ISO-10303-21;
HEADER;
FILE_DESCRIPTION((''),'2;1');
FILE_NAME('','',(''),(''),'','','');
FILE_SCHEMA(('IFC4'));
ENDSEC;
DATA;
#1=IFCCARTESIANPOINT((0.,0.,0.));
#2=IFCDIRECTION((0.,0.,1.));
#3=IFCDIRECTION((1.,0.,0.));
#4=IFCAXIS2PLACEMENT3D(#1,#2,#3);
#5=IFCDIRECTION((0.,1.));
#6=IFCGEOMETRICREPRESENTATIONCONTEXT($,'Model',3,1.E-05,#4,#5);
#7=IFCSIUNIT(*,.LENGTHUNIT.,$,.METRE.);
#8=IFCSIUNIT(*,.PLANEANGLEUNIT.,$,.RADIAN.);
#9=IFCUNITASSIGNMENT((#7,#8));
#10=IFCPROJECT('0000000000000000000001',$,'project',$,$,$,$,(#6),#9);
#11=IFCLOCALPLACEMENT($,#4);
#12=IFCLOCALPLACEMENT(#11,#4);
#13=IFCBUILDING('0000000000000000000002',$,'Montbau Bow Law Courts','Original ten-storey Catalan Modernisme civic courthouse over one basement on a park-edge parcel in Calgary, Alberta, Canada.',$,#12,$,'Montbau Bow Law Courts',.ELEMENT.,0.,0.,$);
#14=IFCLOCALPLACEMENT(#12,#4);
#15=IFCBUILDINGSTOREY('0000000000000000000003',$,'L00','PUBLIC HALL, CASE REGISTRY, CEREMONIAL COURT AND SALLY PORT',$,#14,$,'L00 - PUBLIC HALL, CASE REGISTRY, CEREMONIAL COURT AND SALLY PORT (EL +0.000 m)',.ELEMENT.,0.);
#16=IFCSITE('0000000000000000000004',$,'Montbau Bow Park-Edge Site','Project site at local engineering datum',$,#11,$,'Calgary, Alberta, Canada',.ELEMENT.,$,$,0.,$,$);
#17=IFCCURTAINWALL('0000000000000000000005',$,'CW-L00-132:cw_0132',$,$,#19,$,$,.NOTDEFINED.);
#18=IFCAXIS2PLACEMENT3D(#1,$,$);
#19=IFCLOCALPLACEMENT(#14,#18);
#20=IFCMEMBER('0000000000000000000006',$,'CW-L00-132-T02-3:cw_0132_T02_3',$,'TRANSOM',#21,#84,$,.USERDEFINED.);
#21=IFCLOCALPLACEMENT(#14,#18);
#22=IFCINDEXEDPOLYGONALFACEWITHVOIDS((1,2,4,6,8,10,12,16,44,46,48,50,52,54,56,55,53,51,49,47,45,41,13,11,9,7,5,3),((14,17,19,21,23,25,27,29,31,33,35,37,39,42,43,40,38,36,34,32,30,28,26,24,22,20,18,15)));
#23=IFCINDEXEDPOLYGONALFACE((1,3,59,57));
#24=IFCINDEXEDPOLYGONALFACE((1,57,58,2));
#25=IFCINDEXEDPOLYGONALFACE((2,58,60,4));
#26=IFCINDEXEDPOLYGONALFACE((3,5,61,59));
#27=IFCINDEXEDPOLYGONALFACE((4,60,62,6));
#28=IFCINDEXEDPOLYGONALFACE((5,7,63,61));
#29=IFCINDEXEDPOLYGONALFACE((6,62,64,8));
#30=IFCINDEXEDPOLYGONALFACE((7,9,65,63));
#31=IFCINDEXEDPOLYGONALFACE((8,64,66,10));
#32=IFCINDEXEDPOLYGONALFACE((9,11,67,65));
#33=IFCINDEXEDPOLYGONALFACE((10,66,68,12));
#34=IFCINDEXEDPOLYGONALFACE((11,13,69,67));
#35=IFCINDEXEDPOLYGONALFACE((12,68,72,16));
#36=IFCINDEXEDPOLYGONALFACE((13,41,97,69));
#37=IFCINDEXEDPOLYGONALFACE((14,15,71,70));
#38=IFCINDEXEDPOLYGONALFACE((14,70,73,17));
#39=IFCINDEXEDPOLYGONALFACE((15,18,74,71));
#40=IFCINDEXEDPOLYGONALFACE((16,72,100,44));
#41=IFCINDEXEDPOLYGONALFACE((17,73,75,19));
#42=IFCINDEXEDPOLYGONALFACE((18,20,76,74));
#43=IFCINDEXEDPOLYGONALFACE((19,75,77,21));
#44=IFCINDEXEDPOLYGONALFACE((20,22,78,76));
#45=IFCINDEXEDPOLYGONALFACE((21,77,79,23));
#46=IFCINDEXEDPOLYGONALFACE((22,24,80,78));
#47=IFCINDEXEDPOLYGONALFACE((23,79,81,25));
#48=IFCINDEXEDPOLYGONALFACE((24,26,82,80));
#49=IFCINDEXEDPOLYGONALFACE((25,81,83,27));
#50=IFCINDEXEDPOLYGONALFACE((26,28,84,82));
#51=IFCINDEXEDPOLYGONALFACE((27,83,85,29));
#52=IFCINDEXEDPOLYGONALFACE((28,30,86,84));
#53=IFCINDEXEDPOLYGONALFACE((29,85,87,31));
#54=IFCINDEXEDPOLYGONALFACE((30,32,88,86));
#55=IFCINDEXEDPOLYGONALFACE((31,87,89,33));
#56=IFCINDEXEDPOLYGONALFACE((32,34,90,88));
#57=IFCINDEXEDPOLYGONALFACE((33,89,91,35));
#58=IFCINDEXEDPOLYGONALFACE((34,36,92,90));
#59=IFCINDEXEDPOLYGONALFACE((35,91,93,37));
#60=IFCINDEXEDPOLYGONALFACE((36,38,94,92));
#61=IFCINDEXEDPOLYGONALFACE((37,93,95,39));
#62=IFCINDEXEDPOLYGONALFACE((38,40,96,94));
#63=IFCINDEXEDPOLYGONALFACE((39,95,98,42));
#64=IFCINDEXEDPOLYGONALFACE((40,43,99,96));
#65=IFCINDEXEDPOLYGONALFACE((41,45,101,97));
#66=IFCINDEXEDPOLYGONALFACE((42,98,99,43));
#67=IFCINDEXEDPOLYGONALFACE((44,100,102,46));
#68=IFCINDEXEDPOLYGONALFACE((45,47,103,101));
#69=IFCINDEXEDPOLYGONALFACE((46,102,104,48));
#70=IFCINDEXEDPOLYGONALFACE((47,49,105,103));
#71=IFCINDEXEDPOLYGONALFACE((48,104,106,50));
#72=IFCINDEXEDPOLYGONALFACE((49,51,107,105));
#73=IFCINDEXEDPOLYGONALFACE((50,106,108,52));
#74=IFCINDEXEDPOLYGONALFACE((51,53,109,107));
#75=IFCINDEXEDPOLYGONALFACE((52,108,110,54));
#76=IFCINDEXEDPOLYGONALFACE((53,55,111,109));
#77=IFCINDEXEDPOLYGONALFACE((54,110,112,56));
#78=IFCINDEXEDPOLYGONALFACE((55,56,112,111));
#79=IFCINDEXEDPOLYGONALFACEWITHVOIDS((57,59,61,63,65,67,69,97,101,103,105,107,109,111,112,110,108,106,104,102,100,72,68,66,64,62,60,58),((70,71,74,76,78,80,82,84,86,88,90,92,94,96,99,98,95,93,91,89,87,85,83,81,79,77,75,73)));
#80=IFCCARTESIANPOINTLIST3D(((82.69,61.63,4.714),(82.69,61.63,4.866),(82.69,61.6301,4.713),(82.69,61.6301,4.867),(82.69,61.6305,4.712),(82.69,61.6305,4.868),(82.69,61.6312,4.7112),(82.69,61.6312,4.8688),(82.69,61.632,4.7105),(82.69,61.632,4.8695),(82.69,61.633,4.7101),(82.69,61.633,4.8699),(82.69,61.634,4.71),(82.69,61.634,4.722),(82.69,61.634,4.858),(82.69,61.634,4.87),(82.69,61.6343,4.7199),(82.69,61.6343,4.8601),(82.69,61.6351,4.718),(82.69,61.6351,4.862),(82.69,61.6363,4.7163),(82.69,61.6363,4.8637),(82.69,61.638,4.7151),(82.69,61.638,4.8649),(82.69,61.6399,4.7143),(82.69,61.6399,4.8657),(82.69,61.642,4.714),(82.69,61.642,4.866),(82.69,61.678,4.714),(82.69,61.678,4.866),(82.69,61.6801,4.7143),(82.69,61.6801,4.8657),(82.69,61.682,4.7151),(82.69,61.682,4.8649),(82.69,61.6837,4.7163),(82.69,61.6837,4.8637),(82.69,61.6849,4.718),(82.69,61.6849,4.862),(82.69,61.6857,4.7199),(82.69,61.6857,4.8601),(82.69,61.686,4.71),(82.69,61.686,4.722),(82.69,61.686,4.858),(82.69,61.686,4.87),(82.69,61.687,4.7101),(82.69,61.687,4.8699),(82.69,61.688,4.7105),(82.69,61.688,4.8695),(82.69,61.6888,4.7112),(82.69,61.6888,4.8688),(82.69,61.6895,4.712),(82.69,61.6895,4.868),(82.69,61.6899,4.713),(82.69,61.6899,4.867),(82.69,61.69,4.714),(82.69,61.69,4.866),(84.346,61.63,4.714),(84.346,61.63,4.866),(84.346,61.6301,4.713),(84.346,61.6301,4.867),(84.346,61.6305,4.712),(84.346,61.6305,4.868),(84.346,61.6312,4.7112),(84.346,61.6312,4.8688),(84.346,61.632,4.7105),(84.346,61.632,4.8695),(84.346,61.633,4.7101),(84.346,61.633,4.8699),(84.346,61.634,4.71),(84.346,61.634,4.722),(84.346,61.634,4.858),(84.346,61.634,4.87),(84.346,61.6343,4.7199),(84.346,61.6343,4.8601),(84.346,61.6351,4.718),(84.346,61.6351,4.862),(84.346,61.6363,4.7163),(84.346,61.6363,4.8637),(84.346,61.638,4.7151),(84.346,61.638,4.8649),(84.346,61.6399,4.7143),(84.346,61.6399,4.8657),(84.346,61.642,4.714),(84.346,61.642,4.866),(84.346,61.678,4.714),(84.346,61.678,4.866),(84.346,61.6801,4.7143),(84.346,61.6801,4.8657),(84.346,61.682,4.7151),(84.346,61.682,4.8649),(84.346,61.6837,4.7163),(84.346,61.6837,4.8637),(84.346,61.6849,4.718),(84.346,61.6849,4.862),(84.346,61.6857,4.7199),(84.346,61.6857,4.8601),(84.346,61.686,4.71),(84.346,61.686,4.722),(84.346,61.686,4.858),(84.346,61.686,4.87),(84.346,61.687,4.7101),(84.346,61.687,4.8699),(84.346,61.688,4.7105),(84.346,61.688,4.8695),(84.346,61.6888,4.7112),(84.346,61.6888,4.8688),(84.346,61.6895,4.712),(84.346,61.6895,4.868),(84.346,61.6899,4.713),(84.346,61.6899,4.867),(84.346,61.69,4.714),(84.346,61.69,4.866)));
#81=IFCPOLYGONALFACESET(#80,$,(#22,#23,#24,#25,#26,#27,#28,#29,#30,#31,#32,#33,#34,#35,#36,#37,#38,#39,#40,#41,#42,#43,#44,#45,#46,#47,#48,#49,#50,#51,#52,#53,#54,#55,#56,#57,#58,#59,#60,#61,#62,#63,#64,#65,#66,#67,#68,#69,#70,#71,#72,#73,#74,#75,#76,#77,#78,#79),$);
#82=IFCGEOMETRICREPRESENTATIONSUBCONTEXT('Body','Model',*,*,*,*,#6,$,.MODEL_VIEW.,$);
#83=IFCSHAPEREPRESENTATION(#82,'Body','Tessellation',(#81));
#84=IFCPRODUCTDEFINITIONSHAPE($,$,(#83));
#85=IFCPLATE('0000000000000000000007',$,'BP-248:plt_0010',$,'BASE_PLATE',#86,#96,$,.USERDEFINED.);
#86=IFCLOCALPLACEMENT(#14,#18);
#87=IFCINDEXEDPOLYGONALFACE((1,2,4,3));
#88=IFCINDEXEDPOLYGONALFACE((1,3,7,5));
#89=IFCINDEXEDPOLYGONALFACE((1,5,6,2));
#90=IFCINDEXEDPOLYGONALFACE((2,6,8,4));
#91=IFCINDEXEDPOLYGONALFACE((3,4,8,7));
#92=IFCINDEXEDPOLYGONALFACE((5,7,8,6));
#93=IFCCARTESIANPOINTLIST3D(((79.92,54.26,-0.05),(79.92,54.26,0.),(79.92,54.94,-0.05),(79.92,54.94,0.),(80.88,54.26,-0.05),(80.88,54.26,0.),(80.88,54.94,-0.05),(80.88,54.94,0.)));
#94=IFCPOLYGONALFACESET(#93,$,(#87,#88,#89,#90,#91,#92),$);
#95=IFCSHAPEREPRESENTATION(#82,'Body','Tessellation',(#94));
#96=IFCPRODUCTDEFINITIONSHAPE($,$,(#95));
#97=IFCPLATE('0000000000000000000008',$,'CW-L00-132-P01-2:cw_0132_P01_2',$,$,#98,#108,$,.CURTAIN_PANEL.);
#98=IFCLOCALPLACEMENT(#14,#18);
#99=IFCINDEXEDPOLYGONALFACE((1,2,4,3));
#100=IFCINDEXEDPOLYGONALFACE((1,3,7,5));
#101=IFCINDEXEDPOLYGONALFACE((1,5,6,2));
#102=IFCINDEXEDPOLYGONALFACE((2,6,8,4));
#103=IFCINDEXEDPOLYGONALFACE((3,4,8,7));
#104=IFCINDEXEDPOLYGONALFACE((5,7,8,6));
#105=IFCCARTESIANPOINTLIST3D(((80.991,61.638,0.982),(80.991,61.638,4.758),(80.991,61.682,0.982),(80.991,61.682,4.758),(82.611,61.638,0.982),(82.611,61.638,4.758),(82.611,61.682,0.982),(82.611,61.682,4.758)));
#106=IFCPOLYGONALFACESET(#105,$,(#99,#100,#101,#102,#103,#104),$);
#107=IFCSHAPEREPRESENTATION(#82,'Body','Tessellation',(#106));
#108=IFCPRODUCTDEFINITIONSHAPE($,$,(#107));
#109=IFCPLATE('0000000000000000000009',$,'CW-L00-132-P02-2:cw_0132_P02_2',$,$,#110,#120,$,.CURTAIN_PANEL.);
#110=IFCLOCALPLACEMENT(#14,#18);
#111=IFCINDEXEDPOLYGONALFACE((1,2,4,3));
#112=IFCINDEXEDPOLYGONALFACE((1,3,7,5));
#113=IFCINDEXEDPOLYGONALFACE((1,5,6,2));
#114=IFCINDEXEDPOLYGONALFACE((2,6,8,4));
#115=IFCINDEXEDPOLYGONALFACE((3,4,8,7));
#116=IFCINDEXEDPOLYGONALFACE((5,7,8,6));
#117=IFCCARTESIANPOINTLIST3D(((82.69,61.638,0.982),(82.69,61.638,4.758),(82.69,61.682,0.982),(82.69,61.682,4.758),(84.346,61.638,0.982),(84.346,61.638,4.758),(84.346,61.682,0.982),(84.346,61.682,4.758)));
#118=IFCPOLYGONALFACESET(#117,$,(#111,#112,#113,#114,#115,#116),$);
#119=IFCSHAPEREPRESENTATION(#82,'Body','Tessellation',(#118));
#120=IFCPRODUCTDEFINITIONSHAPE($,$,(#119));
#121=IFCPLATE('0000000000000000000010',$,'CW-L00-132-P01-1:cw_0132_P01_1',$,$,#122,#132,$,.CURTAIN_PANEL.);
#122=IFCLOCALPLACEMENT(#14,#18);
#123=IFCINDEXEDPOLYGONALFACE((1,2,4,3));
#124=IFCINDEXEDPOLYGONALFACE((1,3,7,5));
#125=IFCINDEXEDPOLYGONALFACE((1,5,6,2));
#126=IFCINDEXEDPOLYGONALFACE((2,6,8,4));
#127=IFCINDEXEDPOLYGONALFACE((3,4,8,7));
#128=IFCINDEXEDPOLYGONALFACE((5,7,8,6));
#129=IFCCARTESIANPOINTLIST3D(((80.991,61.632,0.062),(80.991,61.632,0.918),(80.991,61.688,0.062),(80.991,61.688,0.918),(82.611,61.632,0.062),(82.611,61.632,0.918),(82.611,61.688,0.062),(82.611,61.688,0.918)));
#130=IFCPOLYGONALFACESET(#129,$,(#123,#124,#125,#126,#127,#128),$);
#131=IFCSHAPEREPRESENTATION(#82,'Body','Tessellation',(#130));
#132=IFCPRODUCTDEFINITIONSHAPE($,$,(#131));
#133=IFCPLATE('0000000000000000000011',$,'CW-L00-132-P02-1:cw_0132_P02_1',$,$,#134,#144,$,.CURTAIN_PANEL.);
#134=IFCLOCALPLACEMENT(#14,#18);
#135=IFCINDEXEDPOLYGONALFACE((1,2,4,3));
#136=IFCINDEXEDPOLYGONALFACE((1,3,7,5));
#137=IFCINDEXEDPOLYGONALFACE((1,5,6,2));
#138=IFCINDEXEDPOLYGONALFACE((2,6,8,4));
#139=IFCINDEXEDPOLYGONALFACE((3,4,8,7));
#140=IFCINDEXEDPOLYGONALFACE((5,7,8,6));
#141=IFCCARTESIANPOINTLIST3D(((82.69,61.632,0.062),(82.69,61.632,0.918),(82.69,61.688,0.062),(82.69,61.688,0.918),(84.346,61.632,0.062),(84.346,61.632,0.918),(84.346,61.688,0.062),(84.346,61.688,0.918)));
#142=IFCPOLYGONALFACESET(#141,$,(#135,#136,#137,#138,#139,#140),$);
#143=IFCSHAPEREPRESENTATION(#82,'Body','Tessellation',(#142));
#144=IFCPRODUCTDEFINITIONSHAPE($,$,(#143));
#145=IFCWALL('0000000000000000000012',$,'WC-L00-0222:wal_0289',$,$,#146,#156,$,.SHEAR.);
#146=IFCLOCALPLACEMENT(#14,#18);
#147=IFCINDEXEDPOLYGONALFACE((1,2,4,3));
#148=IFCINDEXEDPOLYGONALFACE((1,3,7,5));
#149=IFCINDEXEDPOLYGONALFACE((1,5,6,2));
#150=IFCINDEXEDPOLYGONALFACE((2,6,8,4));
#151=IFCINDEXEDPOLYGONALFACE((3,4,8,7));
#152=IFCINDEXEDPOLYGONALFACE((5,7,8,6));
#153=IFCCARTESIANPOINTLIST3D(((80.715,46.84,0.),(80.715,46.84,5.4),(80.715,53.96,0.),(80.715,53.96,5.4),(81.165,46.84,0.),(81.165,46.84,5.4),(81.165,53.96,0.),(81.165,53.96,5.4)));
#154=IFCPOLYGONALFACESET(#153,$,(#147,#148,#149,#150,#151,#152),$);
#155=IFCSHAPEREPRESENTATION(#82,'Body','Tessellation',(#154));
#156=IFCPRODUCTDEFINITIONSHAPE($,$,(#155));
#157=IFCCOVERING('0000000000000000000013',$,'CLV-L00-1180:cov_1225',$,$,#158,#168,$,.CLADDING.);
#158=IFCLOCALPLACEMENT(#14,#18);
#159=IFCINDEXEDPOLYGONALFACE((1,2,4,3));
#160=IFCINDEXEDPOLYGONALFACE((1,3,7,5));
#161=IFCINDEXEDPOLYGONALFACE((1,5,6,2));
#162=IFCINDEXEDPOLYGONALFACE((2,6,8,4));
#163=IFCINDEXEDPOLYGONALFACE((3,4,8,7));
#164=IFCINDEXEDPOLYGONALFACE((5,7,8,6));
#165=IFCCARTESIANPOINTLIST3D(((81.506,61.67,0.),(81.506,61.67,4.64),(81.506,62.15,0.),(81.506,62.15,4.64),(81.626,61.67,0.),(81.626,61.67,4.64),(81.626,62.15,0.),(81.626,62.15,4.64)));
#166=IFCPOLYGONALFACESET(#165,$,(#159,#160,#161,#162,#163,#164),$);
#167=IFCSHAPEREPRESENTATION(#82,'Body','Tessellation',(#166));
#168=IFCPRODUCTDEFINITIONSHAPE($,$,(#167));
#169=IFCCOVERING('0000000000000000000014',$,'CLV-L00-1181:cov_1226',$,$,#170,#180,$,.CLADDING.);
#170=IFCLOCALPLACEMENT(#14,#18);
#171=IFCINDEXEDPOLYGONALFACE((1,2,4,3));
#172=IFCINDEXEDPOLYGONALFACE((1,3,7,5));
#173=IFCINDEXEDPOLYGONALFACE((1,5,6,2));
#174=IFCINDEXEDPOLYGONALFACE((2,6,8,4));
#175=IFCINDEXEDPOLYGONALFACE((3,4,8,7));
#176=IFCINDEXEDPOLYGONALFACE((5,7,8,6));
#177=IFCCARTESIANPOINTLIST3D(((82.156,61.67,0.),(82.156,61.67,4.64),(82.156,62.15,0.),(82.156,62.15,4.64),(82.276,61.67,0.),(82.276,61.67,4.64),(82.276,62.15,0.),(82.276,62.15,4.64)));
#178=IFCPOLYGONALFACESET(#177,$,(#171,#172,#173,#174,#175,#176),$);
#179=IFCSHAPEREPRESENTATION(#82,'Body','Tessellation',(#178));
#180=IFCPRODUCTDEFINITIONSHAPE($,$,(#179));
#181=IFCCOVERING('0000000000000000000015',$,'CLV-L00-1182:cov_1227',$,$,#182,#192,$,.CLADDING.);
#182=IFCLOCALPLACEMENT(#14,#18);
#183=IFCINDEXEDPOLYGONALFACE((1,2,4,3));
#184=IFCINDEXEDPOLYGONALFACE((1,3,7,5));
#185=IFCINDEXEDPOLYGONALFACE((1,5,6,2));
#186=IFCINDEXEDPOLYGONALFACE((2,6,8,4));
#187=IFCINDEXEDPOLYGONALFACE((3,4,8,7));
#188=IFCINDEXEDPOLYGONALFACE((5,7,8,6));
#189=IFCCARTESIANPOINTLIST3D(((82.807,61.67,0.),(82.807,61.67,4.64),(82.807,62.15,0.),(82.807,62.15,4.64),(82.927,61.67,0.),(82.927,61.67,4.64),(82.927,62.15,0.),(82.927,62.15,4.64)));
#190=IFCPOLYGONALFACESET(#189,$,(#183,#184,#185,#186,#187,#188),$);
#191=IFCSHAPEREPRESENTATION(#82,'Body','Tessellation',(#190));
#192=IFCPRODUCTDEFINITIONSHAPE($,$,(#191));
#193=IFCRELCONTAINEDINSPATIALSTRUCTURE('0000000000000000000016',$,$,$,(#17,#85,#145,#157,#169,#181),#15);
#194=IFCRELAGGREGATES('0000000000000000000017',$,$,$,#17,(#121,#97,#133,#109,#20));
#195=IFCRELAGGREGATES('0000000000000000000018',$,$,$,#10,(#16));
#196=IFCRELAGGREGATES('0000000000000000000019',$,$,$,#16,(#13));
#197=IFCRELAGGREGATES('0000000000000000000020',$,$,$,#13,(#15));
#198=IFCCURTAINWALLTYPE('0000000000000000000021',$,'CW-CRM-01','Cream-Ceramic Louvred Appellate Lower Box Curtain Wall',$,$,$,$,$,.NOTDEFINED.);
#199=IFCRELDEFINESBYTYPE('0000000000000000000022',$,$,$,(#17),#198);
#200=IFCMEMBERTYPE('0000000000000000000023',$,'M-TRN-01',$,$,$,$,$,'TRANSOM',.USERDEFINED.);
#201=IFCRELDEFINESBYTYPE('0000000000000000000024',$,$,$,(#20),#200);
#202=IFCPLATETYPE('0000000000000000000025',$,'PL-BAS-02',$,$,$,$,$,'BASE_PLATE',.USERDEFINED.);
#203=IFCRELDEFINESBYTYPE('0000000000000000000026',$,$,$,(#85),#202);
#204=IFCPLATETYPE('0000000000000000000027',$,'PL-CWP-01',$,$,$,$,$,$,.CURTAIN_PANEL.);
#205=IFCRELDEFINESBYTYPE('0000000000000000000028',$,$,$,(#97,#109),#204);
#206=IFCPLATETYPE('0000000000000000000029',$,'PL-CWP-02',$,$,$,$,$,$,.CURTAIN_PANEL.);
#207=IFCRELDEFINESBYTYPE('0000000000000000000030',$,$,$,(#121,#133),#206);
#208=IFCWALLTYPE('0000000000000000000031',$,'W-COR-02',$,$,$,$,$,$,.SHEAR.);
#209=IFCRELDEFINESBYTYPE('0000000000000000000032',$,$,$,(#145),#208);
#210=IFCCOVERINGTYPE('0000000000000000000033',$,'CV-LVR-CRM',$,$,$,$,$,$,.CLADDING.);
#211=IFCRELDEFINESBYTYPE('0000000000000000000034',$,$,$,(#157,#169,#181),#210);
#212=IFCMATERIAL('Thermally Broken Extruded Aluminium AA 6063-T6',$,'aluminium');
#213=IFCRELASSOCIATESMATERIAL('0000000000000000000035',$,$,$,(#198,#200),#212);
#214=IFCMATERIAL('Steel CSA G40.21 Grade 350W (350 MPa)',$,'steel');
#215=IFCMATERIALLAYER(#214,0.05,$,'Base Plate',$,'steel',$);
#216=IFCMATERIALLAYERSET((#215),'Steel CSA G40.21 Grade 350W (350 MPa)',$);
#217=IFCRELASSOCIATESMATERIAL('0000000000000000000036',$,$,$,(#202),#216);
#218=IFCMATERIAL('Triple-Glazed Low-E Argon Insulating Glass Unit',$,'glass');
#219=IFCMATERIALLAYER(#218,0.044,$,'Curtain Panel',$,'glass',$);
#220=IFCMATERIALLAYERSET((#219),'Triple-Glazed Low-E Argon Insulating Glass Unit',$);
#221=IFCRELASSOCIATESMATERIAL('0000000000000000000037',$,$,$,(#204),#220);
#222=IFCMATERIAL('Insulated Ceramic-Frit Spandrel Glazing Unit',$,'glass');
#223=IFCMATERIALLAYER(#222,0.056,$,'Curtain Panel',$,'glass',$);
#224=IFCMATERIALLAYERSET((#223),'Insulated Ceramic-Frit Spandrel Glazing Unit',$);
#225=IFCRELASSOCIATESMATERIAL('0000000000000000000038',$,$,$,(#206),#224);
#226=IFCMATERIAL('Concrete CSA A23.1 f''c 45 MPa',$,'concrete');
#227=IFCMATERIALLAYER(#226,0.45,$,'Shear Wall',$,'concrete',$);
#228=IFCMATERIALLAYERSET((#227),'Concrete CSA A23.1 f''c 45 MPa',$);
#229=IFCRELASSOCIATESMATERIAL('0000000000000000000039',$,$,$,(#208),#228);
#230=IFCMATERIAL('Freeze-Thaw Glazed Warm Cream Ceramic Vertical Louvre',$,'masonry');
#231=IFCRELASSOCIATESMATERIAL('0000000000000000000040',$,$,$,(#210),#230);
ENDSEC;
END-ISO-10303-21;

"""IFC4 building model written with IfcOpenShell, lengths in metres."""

from ifc_helpers import new_model, si_unit, direction, frame, frame_2d, origin_with_axes, origin_2d_with_axis, place, context, subcontext, project, spatial, rectangle, hollow_rectangle, extrude, material, layer, layer_set, material_profile, profile_set, type_object, element, aggregate, save


model = new_model("IFC4")

# Units and contexts
model_context = context("Model", 3, precision=1e-05, world=origin_with_axes(), true_north=direction((0.0, 1.0)))
body_context = subcontext(model_context, "Body", "Model", "MODEL_VIEW")
ifc_project = project(units=[si_unit("LENGTHUNIT", "METRE"), si_unit("PLANEANGLEUNIT", "RADIAN")], contexts=[model_context])

# Site, building, storey
site_placement = place(None, origin_with_axes())
site = spatial("IfcSite", under=ifc_project, at=site_placement, Name="Montbau Bow Park-Edge Site", Description="Project site at local engineering datum", LongName="Calgary, Alberta, Canada", CompositionType="ELEMENT", RefElevation=0.0)
building_placement = place(site_placement, origin_with_axes())
building = spatial("IfcBuilding", under=site, at=building_placement, Name="Montbau Bow Law Courts", Description="Original ten-storey Catalan Modernisme civic courthouse over one basement on a park-edge parcel in Calgary, Alberta, Canada.", LongName="Montbau Bow Law Courts", CompositionType="ELEMENT", ElevationOfRefHeight=0.0, ElevationOfTerrain=0.0)
storey_placement = place(building_placement, origin_with_axes())
storey = spatial("IfcBuildingStorey", under=building, at=storey_placement, Name="L00", Description="PUBLIC HALL, CASE REGISTRY, CEREMONIAL COURT AND SALLY PORT", LongName="L00 - PUBLIC HALL, CASE REGISTRY, CEREMONIAL COURT AND SALLY PORT (EL +0.000 m)", CompositionType="ELEMENT", Elevation=0.0)

# Shared definitions
ifc_material_1 = material(Name="Steel CSA G40.21 Grade 350W (350 MPa)", Category="steel")

# Curtain wall, member
ifc_material_2 = material(Name="Thermally Broken Extruded Aluminium AA 6063-T6", Category="aluminium")
curtain_wall_type = type_object("IfcCurtainWallType", Name="CW-CRM-01", Description="Cream-Ceramic Louvred Appellate Lower Box Curtain Wall", PredefinedType="NOTDEFINED", material=ifc_material_2)
curtain_wall_placement = place(None, frame((80.915, 61.66, 0.0), z_axis=(0.0, 0.0, 1.0), x_axis=(1.0, 0.0, 0.0)))
curtain_wall = element("IfcCurtainWall", 1, at=curtain_wall_placement, inside=storey, type_object=curtain_wall_type, Name="CW-L00-132:cw_0132", PredefinedType="NOTDEFINED")
ifc_material_profile_1 = material_profile(ifc_material_2, hollow_rectangle(XDim=0.06, YDim=0.16, WallThickness=0.004, InnerFilletRadius=0.008, OuterFilletRadius=0.004, at=origin_2d_with_axis()), Name="CWT-160X60", Category="Main", Priority=0)
ifc_profile_set_1 = profile_set([ifc_material_profile_1], Name="Thermally Broken Extruded Aluminium AA 6063-T6")
member_type_1 = type_object("IfcMemberType", Name="M-TRN-01", ElementType="TRANSOM", PredefinedType="USERDEFINED", material=ifc_profile_set_1)
member_1_placement = place(None, frame((82.69, 61.66, 4.79), z_axis=(1.0, 0.0, 0.0), x_axis=(0.0, 1.0, 0.0)))
member_1 = element("IfcMember", 2, at=member_1_placement, type_object=member_type_1, Name="CW-L00-132-T02-3:cw_0132_T02_3", ObjectType="TRANSOM", PredefinedType="USERDEFINED", context=body_context, shape_type="SweptSolid", body=[
    extrude(hollow_rectangle(XDim=0.06, YDim=0.16, WallThickness=0.004, InnerFilletRadius=0.008, OuterFilletRadius=0.004, at=origin_2d_with_axis()), origin_with_axes(), (0.0, 0.0, 1.0), 1.656),
])

# Plates
ifc_layer_1 = layer(ifc_material_1, 0.05, Name="Base Plate", Category="steel")
ifc_layer_set_1 = layer_set([ifc_layer_1], Name="Steel CSA G40.21 Grade 350W (350 MPa)")
plate_type_1 = type_object("IfcPlateType", Name="PL-BAS-02", ElementType="BASE_PLATE", PredefinedType="USERDEFINED", material=ifc_layer_set_1)
plate_1_placement = place(None, frame((80.4, 54.6, -0.05), z_axis=(0.0, 0.0, 1.0), x_axis=(1.0, 0.0, 0.0)))
element("IfcPlate", 3, at=plate_1_placement, inside=storey, type_object=plate_type_1, Name="BP-248:plt_0010", ObjectType="BASE_PLATE", PredefinedType="USERDEFINED", context=body_context, shape_type="SweptSolid", body=[
    extrude(rectangle(XDim=0.96, YDim=0.68, at=origin_2d_with_axis()), origin_with_axes(), (0.0, 0.0, 1.0), 0.05),
])
ifc_material_3 = material(Name="Triple-Glazed Low-E Argon Insulating Glass Unit", Category="glass")
ifc_layer_2 = layer(ifc_material_3, 0.044, Name="Curtain Panel", Category="glass")
ifc_layer_set_2 = layer_set([ifc_layer_2], Name="Triple-Glazed Low-E Argon Insulating Glass Unit")
plate_type_2 = type_object("IfcPlateType", Name="PL-CWP-01", PredefinedType="CURTAIN_PANEL", material=ifc_layer_set_2)
plate_2_placement = place(None, frame((80.991, 61.66, 0.982), z_axis=(0.0, -1.0, 0.0), x_axis=(1.0, 0.0, 0.0)))
plate_2 = element("IfcPlate", 4, at=plate_2_placement, type_object=plate_type_2, Name="CW-L00-132-P01-2:cw_0132_P01_2", PredefinedType="CURTAIN_PANEL", context=body_context, shape_type="SweptSolid", body=[
    extrude(rectangle(XDim=1.62, YDim=3.776, at=frame_2d((0.81, 1.888), x_axis=(1.0, 0.0))), frame((0.0, 0.0, -0.022), z_axis=(0.0, 0.0, 1.0), x_axis=(1.0, 0.0, 0.0)), (0.0, 0.0, 1.0), 0.044),
])
plate_3_placement = place(None, frame((82.69, 61.66, 0.982), z_axis=(0.0, -1.0, 0.0), x_axis=(1.0, 0.0, 0.0)))
plate_3 = element("IfcPlate", 5, at=plate_3_placement, type_object=plate_type_2, Name="CW-L00-132-P02-2:cw_0132_P02_2", PredefinedType="CURTAIN_PANEL", context=body_context, shape_type="SweptSolid", body=[
    extrude(rectangle(XDim=1.656, YDim=3.776, at=frame_2d((0.828, 1.888), x_axis=(1.0, 0.0))), frame((0.0, 0.0, -0.022), z_axis=(0.0, 0.0, 1.0), x_axis=(1.0, 0.0, 0.0)), (0.0, 0.0, 1.0), 0.044),
])
ifc_material_4 = material(Name="Insulated Ceramic-Frit Spandrel Glazing Unit", Category="glass")
ifc_layer_3 = layer(ifc_material_4, 0.056, Name="Curtain Panel", Category="glass")
ifc_layer_set_3 = layer_set([ifc_layer_3], Name="Insulated Ceramic-Frit Spandrel Glazing Unit")
plate_type_3 = type_object("IfcPlateType", Name="PL-CWP-02", PredefinedType="CURTAIN_PANEL", material=ifc_layer_set_3)
plate_4_placement = place(None, frame((80.991, 61.66, 0.062), z_axis=(0.0, -1.0, 0.0), x_axis=(1.0, 0.0, 0.0)))
plate_4 = element("IfcPlate", 6, at=plate_4_placement, type_object=plate_type_3, Name="CW-L00-132-P01-1:cw_0132_P01_1", PredefinedType="CURTAIN_PANEL", context=body_context, shape_type="SweptSolid", body=[
    extrude(rectangle(XDim=1.62, YDim=0.856, at=frame_2d((0.81, 0.428), x_axis=(1.0, 0.0))), frame((0.0, 0.0, -0.028), z_axis=(0.0, 0.0, 1.0), x_axis=(1.0, 0.0, 0.0)), (0.0, 0.0, 1.0), 0.056),
])
plate_5_placement = place(None, frame((82.69, 61.66, 0.062), z_axis=(0.0, -1.0, 0.0), x_axis=(1.0, 0.0, 0.0)))
plate_5 = element("IfcPlate", 7, at=plate_5_placement, type_object=plate_type_3, Name="CW-L00-132-P02-1:cw_0132_P02_1", PredefinedType="CURTAIN_PANEL", context=body_context, shape_type="SweptSolid", body=[
    extrude(rectangle(XDim=1.656, YDim=0.856, at=frame_2d((0.828, 0.428), x_axis=(1.0, 0.0))), frame((0.0, 0.0, -0.028), z_axis=(0.0, 0.0, 1.0), x_axis=(1.0, 0.0, 0.0)), (0.0, 0.0, 1.0), 0.056),
])
aggregate(curtain_wall, [plate_4, plate_2, plate_5, plate_3, member_1])

# Wall
ifc_material_5 = material(Name="Concrete CSA A23.1 f'c 45 MPa", Category="concrete")
ifc_layer_4 = layer(ifc_material_5, 0.45, Name="Shear Wall", Category="concrete")
ifc_layer_set_4 = layer_set([ifc_layer_4], Name="Concrete CSA A23.1 f'c 45 MPa")
wall_type = type_object("IfcWallType", Name="W-COR-02", PredefinedType="SHEAR", material=ifc_layer_set_4)
wall_placement = place(None, frame((80.94, 53.96, 0.0), z_axis=(0.0, 0.0, 1.0), x_axis=(0.0, -1.0, 0.0)))
element("IfcWall", 8, at=wall_placement, inside=storey, type_object=wall_type, Name="WC-L00-0222:wal_0289", PredefinedType="SHEAR", context=body_context, shape_type="SweptSolid", body=[
    extrude(rectangle(XDim=7.12, YDim=0.45, at=frame_2d((3.56, 0.0), x_axis=(1.0, 0.0))), origin_with_axes(), (0.0, 0.0, 1.0), 5.4),
])

# Coverings
ifc_material_6 = material(Name="Freeze-Thaw Glazed Warm Cream Ceramic Vertical Louvre", Category="masonry")
covering_type = type_object("IfcCoveringType", Name="CV-LVR-CRM", PredefinedType="CLADDING", material=ifc_material_6)
for number, where, z_axis, x_axis, name in (
    (9, (81.566, 61.67, 0.0), (1.0, 0.0, 0.0), (0.0, 1.0, 0.0), "CLV-L00-1180:cov_1225"),
    (10, (82.216, 61.67, 0.0), (1.0, 0.0, 0.0), (0.0, 1.0, 0.0), "CLV-L00-1181:cov_1226"),
    (11, (82.867, 61.67, 0.0), (1.0, 0.0, 0.0), (0.0, 1.0, 0.0), "CLV-L00-1182:cov_1227"),
):
    element("IfcCovering", number, at=place(None, frame(where, z_axis=z_axis, x_axis=x_axis)), inside=storey, type_object=covering_type, Name=name, PredefinedType="CLADDING", context=body_context, shape_type="SweptSolid", body=[
        extrude(rectangle(XDim=0.48, YDim=4.64, at=frame_2d((0.24, 2.32), x_axis=(1.0, 0.0))), frame((0.0, 0.0, -0.06), z_axis=(0.0, 0.0, 1.0), x_axis=(1.0, 0.0, 0.0)), (0.0, 0.0, 1.0), 0.12),
    ])

save(model, "model.ifc")
